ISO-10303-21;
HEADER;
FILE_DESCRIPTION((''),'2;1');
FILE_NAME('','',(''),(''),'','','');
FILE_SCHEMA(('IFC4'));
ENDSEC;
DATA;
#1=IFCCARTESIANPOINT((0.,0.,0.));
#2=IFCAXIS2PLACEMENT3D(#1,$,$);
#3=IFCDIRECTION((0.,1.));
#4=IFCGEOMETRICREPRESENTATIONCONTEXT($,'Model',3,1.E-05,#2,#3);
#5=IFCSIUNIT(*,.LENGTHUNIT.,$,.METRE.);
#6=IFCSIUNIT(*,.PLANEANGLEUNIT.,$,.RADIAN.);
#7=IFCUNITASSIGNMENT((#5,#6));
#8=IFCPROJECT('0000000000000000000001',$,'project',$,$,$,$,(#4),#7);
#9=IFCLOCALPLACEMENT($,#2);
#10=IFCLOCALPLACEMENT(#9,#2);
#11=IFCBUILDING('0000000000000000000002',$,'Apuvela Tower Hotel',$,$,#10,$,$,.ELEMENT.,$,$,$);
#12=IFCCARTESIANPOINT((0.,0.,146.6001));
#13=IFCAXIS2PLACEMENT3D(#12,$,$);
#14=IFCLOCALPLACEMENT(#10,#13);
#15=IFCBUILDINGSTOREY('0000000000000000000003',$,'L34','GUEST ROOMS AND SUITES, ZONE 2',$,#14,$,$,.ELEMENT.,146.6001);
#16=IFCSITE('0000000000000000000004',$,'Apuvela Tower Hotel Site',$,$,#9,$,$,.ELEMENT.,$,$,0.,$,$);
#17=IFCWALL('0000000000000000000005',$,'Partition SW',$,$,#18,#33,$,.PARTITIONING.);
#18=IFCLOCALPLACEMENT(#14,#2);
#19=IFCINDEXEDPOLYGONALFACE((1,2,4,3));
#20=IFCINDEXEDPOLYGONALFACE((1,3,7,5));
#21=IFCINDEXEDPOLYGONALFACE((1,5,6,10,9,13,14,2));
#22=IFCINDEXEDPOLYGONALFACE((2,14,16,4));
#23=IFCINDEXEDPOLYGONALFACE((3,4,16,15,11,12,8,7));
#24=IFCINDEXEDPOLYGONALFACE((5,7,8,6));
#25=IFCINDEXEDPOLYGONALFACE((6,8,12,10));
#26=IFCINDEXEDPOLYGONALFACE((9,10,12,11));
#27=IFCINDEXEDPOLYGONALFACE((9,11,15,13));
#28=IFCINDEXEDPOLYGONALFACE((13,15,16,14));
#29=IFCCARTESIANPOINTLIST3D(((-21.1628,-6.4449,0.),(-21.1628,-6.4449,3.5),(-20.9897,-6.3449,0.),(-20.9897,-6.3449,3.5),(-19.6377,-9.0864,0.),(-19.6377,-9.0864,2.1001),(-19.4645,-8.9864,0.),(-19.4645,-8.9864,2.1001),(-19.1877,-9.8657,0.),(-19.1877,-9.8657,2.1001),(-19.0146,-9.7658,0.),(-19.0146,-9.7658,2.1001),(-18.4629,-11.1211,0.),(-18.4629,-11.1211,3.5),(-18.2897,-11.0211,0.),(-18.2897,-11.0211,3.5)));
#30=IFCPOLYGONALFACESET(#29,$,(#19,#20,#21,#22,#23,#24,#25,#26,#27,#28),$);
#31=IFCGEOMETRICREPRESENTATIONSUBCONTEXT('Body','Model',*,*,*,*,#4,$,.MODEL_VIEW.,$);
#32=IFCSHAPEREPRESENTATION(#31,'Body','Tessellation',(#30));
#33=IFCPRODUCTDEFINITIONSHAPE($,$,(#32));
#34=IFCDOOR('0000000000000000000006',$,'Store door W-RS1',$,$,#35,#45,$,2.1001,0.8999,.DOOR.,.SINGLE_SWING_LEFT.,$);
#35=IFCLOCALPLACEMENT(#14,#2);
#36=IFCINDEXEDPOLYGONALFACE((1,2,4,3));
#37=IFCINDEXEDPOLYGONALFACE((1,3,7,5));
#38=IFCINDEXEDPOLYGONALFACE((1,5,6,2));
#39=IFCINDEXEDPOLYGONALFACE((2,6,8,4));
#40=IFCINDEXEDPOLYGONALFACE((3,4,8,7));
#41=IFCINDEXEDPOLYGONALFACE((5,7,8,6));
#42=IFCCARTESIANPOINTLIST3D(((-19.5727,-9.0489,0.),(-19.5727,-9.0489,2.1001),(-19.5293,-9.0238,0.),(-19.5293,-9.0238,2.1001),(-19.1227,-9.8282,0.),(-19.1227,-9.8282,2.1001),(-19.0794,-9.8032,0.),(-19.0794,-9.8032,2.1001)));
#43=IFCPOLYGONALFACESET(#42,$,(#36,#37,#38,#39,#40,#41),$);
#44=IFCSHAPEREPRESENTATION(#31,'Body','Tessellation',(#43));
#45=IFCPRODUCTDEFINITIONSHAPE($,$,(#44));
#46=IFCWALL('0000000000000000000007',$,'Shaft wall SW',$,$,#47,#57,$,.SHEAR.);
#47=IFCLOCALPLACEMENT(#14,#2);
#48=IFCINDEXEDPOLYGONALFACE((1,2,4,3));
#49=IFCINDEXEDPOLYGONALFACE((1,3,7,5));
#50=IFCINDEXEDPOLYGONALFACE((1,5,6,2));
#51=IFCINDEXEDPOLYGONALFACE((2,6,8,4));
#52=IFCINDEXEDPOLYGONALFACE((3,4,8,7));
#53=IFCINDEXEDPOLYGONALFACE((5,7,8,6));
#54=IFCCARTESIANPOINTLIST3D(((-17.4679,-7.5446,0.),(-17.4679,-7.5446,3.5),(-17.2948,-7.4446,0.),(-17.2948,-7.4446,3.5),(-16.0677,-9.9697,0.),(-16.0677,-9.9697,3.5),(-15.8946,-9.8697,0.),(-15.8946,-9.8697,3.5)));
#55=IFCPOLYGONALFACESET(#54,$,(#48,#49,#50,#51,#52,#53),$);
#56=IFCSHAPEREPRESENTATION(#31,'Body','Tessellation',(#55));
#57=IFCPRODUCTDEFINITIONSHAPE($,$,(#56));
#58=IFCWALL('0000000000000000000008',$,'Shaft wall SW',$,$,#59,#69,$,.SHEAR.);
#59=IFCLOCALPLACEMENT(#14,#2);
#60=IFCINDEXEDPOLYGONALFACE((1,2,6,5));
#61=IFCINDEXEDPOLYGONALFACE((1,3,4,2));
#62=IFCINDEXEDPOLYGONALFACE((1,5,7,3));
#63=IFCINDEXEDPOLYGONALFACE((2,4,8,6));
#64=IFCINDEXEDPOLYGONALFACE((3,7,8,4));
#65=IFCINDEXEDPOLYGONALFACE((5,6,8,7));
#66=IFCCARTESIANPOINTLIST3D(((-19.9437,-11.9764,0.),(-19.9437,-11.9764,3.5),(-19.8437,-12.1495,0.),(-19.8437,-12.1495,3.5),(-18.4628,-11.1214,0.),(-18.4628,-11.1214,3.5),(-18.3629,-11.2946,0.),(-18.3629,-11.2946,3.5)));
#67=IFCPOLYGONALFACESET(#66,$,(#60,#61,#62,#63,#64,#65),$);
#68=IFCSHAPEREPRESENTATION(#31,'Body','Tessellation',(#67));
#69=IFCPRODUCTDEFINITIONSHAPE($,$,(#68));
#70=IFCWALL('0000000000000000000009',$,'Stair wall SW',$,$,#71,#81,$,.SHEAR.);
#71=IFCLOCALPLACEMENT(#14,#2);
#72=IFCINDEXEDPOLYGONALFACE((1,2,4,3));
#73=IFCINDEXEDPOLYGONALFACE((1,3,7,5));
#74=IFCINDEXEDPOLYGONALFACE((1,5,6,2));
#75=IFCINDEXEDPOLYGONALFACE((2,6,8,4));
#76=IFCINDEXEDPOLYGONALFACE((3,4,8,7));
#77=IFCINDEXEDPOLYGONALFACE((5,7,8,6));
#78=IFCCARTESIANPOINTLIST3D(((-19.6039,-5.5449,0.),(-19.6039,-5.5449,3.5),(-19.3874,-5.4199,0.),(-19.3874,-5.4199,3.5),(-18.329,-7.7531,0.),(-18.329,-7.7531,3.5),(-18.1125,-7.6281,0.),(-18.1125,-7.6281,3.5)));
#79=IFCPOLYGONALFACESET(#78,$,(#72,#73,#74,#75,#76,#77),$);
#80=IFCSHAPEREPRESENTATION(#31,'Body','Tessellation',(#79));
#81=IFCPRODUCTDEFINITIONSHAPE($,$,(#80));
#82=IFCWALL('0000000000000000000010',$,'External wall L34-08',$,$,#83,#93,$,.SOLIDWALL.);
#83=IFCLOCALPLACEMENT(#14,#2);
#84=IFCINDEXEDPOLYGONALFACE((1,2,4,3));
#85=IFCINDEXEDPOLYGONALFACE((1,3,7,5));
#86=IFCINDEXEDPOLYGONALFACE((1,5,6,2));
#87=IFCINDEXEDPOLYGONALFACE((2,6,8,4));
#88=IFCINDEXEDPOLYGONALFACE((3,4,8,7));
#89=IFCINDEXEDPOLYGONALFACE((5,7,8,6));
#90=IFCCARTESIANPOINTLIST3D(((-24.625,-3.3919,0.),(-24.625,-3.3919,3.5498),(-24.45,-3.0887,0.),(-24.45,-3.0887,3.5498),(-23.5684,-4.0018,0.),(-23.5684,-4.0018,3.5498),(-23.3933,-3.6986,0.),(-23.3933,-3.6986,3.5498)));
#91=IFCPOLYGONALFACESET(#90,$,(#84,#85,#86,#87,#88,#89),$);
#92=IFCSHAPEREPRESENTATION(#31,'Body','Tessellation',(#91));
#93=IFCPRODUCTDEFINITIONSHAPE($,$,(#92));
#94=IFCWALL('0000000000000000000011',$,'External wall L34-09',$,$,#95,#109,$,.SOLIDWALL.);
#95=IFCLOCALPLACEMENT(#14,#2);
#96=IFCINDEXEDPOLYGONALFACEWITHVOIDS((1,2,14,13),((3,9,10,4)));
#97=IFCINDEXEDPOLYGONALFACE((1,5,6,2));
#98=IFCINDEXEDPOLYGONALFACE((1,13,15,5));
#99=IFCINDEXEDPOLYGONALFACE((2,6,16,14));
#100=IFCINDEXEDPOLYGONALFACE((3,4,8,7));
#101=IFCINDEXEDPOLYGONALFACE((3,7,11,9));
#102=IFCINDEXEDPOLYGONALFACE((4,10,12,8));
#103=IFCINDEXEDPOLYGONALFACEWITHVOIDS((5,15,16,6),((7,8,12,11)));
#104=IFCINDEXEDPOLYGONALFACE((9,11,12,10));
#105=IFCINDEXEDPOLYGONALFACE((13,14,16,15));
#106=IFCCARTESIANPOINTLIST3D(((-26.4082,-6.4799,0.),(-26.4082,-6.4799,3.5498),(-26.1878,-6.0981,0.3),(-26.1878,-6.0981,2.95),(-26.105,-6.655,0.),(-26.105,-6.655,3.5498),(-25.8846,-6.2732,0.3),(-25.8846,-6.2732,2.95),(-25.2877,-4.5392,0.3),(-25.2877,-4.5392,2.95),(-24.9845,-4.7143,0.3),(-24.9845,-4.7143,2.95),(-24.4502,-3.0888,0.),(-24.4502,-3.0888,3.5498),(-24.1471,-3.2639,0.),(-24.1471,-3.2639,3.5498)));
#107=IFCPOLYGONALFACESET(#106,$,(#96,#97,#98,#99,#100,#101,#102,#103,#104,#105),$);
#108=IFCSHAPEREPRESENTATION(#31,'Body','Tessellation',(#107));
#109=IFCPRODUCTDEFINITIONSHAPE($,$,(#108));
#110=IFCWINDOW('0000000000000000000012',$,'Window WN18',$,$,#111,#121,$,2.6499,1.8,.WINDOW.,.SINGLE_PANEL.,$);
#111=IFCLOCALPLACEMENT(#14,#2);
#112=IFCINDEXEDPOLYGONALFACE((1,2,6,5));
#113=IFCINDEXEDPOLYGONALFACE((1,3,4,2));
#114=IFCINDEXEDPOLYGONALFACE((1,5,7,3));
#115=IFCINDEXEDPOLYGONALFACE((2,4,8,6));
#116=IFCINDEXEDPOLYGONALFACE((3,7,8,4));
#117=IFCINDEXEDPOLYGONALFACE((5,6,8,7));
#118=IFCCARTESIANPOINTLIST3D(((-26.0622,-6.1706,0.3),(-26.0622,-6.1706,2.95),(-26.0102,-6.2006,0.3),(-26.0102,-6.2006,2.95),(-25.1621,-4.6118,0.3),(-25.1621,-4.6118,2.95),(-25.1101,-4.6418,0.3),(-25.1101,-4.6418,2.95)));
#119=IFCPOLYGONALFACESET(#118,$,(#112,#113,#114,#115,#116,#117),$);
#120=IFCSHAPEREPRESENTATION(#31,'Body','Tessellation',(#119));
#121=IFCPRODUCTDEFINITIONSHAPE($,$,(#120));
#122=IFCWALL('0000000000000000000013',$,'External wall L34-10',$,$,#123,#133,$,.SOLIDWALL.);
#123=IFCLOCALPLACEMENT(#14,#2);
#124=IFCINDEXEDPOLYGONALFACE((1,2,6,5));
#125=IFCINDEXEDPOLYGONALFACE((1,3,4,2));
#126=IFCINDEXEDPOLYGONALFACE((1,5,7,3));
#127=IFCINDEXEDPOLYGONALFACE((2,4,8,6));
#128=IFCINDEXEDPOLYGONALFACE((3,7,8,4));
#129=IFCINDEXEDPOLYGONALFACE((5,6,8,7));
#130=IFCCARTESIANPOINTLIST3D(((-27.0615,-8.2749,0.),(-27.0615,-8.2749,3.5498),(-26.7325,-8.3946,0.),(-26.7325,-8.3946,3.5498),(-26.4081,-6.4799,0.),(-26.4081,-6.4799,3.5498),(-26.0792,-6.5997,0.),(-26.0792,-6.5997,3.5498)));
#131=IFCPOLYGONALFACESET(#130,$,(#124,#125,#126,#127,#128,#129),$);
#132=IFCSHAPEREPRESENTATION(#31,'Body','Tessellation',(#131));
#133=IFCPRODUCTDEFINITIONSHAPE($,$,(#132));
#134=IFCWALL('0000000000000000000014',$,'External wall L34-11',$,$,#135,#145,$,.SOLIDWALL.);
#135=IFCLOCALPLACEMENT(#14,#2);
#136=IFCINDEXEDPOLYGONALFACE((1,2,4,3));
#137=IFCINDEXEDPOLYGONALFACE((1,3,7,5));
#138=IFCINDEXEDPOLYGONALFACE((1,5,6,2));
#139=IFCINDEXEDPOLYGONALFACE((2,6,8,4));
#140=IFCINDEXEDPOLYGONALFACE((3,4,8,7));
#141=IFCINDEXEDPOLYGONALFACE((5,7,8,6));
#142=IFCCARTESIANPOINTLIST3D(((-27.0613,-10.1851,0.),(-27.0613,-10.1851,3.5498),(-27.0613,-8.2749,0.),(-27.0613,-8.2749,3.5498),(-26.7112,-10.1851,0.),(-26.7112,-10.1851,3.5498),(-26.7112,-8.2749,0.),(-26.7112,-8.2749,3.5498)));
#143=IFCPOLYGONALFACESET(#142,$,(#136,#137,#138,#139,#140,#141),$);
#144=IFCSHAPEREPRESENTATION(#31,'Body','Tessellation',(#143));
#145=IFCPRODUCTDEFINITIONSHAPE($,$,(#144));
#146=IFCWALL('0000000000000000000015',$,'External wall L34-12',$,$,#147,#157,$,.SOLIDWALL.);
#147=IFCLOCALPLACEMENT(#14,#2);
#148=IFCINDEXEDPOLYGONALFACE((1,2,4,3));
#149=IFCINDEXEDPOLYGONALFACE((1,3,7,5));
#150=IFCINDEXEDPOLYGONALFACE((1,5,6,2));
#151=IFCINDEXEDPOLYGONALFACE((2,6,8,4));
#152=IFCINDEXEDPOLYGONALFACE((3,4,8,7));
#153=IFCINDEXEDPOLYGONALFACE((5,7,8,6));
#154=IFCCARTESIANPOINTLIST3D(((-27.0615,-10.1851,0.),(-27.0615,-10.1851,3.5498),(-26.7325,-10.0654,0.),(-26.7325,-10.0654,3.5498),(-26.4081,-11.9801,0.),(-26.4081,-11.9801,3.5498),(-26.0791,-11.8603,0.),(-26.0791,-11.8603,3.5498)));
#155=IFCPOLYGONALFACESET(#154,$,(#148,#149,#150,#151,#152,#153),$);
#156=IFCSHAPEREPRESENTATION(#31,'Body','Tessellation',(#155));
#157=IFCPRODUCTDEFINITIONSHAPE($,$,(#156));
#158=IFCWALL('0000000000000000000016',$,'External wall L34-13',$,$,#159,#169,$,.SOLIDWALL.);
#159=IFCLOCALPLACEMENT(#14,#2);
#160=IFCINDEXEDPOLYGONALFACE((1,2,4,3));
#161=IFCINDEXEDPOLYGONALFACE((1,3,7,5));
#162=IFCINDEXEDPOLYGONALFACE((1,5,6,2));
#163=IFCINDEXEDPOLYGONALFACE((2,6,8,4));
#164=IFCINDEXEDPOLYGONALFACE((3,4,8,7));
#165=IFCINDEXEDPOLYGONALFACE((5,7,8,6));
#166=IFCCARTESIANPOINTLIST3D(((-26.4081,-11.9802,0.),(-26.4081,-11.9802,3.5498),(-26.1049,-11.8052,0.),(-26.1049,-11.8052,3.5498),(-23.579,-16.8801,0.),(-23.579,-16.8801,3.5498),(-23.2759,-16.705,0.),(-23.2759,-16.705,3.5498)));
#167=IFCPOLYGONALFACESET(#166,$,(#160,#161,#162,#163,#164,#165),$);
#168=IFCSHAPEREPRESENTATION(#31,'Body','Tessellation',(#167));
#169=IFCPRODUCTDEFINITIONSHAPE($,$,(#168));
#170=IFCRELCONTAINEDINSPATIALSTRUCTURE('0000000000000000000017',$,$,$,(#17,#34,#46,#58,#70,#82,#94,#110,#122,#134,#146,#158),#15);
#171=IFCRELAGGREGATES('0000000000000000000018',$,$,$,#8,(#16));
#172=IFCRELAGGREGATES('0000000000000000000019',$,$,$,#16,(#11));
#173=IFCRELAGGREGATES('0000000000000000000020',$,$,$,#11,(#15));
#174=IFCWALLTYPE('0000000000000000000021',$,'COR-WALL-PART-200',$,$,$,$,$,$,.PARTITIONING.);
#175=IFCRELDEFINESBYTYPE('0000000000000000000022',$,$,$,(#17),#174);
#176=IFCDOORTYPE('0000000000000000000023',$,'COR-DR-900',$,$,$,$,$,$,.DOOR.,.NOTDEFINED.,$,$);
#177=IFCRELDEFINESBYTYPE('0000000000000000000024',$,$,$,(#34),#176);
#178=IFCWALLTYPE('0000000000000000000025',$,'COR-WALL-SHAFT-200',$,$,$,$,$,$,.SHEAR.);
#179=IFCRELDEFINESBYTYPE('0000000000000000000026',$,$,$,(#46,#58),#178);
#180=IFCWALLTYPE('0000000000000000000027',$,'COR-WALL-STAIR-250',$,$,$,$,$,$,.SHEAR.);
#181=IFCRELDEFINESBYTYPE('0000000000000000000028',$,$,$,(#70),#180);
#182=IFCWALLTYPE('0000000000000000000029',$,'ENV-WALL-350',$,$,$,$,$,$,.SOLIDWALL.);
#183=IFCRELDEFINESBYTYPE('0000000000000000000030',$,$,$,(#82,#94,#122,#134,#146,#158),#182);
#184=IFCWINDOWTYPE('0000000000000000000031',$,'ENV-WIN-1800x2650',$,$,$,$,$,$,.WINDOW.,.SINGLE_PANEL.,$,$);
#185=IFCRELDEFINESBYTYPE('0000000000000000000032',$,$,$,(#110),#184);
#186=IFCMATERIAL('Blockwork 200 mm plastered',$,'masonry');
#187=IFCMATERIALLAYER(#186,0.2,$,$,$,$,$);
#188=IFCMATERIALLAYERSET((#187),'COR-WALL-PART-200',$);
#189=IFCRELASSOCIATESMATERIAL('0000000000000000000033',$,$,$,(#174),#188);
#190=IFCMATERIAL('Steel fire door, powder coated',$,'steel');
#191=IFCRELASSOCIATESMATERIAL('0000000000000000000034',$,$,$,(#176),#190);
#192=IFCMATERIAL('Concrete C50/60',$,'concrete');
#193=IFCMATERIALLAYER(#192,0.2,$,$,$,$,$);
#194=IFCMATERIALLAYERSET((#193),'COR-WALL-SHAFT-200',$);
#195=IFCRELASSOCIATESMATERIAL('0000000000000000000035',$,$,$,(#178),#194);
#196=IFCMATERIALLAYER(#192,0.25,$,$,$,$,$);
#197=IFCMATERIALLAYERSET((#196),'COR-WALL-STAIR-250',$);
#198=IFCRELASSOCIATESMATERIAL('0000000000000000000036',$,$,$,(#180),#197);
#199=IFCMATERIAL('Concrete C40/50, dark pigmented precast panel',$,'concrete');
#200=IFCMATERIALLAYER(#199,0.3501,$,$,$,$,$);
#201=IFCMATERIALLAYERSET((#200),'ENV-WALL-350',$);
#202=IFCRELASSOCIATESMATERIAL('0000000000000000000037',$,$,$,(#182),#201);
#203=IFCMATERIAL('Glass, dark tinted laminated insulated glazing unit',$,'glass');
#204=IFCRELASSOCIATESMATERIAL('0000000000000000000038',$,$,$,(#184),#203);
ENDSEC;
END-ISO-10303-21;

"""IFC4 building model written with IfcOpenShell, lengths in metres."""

from ifc_helpers import new_model, si_unit, direction, frame, frame_2d, origin, place, context, subcontext, project, spatial, rectangle, extrude, material, layer, layer_set, type_object, element, fill, save


model = new_model("IFC4")

# Units and contexts
model_context = context("Model", 3, precision=1e-05, world=origin(), true_north=direction((0.0, 1.0)))
body_context = subcontext(model_context, "Body", "Model", "MODEL_VIEW")
ifc_project = project(units=[si_unit("LENGTHUNIT", "METRE"), si_unit("PLANEANGLEUNIT", "RADIAN")], contexts=[model_context])

# Site, building, storey
site_placement = place(None, origin())
site = spatial("IfcSite", under=ifc_project, at=site_placement, Name="Apuvela Tower Hotel Site", CompositionType="ELEMENT", RefElevation=0.0)
building_placement = place(site_placement, origin())
building = spatial("IfcBuilding", under=site, at=building_placement, Name="Apuvela Tower Hotel", CompositionType="ELEMENT")
storey_placement = place(building_placement, frame((0.0, 0.0, 146.6001)))
storey = spatial("IfcBuildingStorey", under=building, at=storey_placement, Name="L34", Description="GUEST ROOMS AND SUITES, ZONE 2", CompositionType="ELEMENT", Elevation=146.6001)

# Wall, opening, door
ifc_material_1 = material(Name="Blockwork 200 mm plastered", Category="masonry")
ifc_layer_1 = layer(ifc_material_1, 0.2)
ifc_layer_set_1 = layer_set([ifc_layer_1], Name="COR-WALL-PART-200")
wall_type_1 = type_object("IfcWallType", Name="COR-WALL-PART-200", PredefinedType="PARTITIONING", material=ifc_layer_set_1)
wall_1_placement = place(storey_placement, frame((-21.0762, -6.395, 0.0), z_axis=(0.0, 0.0, 1.0), x_axis=(0.500015, -0.866017, 0.0)))
wall_1 = element("IfcWall", 1, at=wall_1_placement, inside=storey, type_object=wall_type_1, Name="Partition SW", PredefinedType="PARTITIONING", context=body_context, shape_type="SweptSolid", body=[
    extrude(rectangle(XDim=5.3997, YDim=0.2, at=frame_2d((2.6997, 0.0))), origin(), (0.0, 0.0, 1.0), 3.5),
])
opening_1_placement = place(wall_1_placement, frame((3.05, 0.0, 0.0)))
opening_1 = element("IfcOpeningElement", 2, at=opening_1_placement, cuts=wall_1, PredefinedType="OPENING", context=body_context, shape_type="SweptSolid", body=[
    extrude(rectangle(XDim=0.8999, YDim=2.1001, at=frame_2d((0.45, 1.05))), frame((0.0, 0.1099, 0.0), z_axis=(0.0, -1.0, 0.0), x_axis=(1.0, 0.0, 0.0)), (0.0, 0.0, 1.0), 0.22),
])
ifc_material_2 = material(Name="Steel fire door, powder coated", Category="steel")
door_type_1 = type_object("IfcDoorType", Name="COR-DR-900", OperationType="NOTDEFINED", PredefinedType="DOOR", material=ifc_material_2)
door_1_placement = place(opening_1_placement, frame((0.8999, 0.0, 0.0), z_axis=(0.0, 0.0, 1.0), x_axis=(-1.0, 0.0, 0.0)))
door_1 = element("IfcDoor", 3, at=door_1_placement, inside=storey, type_object=door_type_1, Name="Store door W-RS1", OperationType="SINGLE_SWING_LEFT", OverallHeight=2.1001, OverallWidth=0.8999, PredefinedType="DOOR", context=body_context, shape_type="SweptSolid", body=[
    extrude(rectangle(XDim=0.8999, YDim=2.1001, at=frame_2d((0.45, 1.05))), frame((0.0, 0.0249, 0.0), z_axis=(0.0, -1.0, 0.0), x_axis=(1.0, 0.0, 0.0)), (0.0, 0.0, 1.0), 0.05),
])
fill(opening_1, door_1)

# Walls
ifc_material_3 = material(Name="Concrete C50/60", Category="concrete")
ifc_layer_2 = layer(ifc_material_3, 0.2)
ifc_layer_set_2 = layer_set([ifc_layer_2], Name="COR-WALL-SHAFT-200")
wall_type_2 = type_object("IfcWallType", Name="COR-WALL-SHAFT-200", PredefinedType="SHEAR", material=ifc_layer_set_2)
wall_2_placement = place(storey_placement, frame((-17.3813, -7.4946, 0.0), z_axis=(0.0, 0.0, 1.0), x_axis=(0.500012, -0.866019, 0.0)))
element("IfcWall", 4, at=wall_2_placement, inside=storey, type_object=wall_type_2, Name="Shaft wall SW", PredefinedType="SHEAR", context=body_context, shape_type="SweptSolid", body=[
    extrude(rectangle(XDim=2.8003, YDim=0.2, at=frame_2d((1.4001, 0.0))), origin(), (0.0, 0.0, 1.0), 3.5),
])
wall_3_placement = place(storey_placement, frame((-18.4128, -11.208, 0.0), z_axis=(0.0, 0.0, 1.0), x_axis=(-0.866038, -0.499978, 0.0)))
element("IfcWall", 5, at=wall_3_placement, inside=storey, type_object=wall_type_2, Name="Shaft wall SW", PredefinedType="SHEAR", context=body_context, shape_type="SweptSolid", body=[
    extrude(rectangle(XDim=1.71, YDim=0.2, at=frame_2d((0.855, 0.0))), origin(), (0.0, 0.0, 1.0), 3.5),
])
ifc_layer_3 = layer(ifc_material_3, 0.25)
ifc_layer_set_3 = layer_set([ifc_layer_3], Name="COR-WALL-STAIR-250")
wall_type_3 = type_object("IfcWallType", Name="COR-WALL-STAIR-250", PredefinedType="SHEAR", material=ifc_layer_set_3)
wall_4_placement = place(storey_placement, frame((-19.4956, -5.4824, 0.0), z_axis=(0.0, 0.0, 1.0), x_axis=(0.49999, -0.866031, 0.0)))
element("IfcWall", 6, at=wall_4_placement, inside=storey, type_object=wall_type_3, Name="Stair wall SW", PredefinedType="SHEAR", context=body_context, shape_type="SweptSolid", body=[
    extrude(rectangle(XDim=2.5498, YDim=0.25, at=frame_2d((1.2749, 0.0))), origin(), (0.0, 0.0, 1.0), 3.5),
])
ifc_material_4 = material(Name="Concrete C40/50, dark pigmented precast panel", Category="concrete")
ifc_layer_4 = layer(ifc_material_4, 0.3501)
ifc_layer_set_4 = layer_set([ifc_layer_4], Name="ENV-WALL-350")
wall_type_4 = type_object("IfcWallType", Name="ENV-WALL-350", PredefinedType="SOLIDWALL", material=ifc_layer_set_4)
wall_5_placement = place(storey_placement, frame((-23.481, -3.8501, 0.0), z_axis=(0.0, 0.0, 1.0), x_axis=(-0.866092, 0.499884, 0.0)))
element("IfcWall", 7, at=wall_5_placement, inside=storey, type_object=wall_type_4, Name="External wall L34-08", PredefinedType="SOLIDWALL", context=body_context, shape_type="SweptSolid", body=[
    extrude(rectangle(XDim=1.22, YDim=0.3501, at=frame_2d((0.6099, 0.0))), origin(), (0.0, 0.0, 1.0), 3.5498),
])

# Wall, opening, window
wall_6_placement = place(storey_placement, frame((-24.2986, -3.1763, 0.0), z_axis=(0.0, 0.0, 1.0), x_axis=(-0.500028, -0.866009, 0.0)))
wall_6 = element("IfcWall", 8, at=wall_6_placement, inside=storey, type_object=wall_type_4, Name="External wall L34-09", PredefinedType="SOLIDWALL", context=body_context, shape_type="SweptSolid", body=[
    extrude(rectangle(XDim=3.9158, YDim=0.3501, at=frame_2d((1.958, 0.0))), origin(), (0.0, 0.0, 1.0), 3.5498),
])
opening_2_placement = place(wall_6_placement, frame((1.675, 0.0, 0.3)))
opening_2 = element("IfcOpeningElement", 9, at=opening_2_placement, cuts=wall_6, PredefinedType="OPENING", context=body_context, shape_type="SweptSolid", body=[
    extrude(rectangle(XDim=1.8, YDim=2.6499, at=frame_2d((0.8999, 1.325))), frame((0.0, 0.1851, 0.0), z_axis=(0.0, -1.0, 0.0), x_axis=(1.0, 0.0, 0.0)), (0.0, 0.0, 1.0), 0.3701),
])
ifc_material_5 = material(Name="Glass, dark tinted laminated insulated glazing unit", Category="glass")
window_type = type_object("IfcWindowType", Name="ENV-WIN-1800x2650", PartitioningType="SINGLE_PANEL", PredefinedType="WINDOW", material=ifc_material_5)
window_placement = place(opening_2_placement, origin())
window = element("IfcWindow", 10, at=window_placement, inside=storey, type_object=window_type, Name="Window WN18", OverallHeight=2.6499, OverallWidth=1.8, PartitioningType="SINGLE_PANEL", PredefinedType="WINDOW", context=body_context, shape_type="SweptSolid", body=[
    extrude(rectangle(XDim=1.8, YDim=2.6499, at=frame_2d((0.8999, 1.325))), frame((0.0, 0.03, 0.0), z_axis=(0.0, -1.0, 0.0), x_axis=(1.0, 0.0, 0.0)), (0.0, 0.0, 1.0), 0.0601),
])
fill(opening_2, window)

# Walls
for number, where, z_axis, x_axis, name in (
    (11, (-26.2437, -6.5398, 0.0), (0.0, 0.0, 1.0), (-0.34203, -0.939689, 0.0), "External wall L34-10"),
    (12, (-26.8862, -8.2749, 0.0), (0.0, 0.0, 1.0), (0.0, -1.0, 0.0), "External wall L34-11"),
    (13, (-26.897, -10.1252, 0.0), (0.0, 0.0, 1.0), (0.34203, -0.939689, 0.0), "External wall L34-12"),
):
    element("IfcWall", number, at=place(storey_placement, frame(where, z_axis=z_axis, x_axis=x_axis)), inside=storey, type_object=wall_type_4, Name=name, PredefinedType="SOLIDWALL", context=body_context, shape_type="SweptSolid", body=[
        extrude(rectangle(XDim=1.9102, YDim=0.3501, at=frame_2d((0.9551, 0.0))), origin(), (0.0, 0.0, 1.0), 3.5498),
    ])
wall_7_placement = place(storey_placement, frame((-26.2566, -11.8926, 0.0), z_axis=(0.0, 0.0, 1.0), x_axis=(0.500019, -0.866015, 0.0)))
element("IfcWall", 14, at=wall_7_placement, inside=storey, type_object=wall_type_4, Name="External wall L34-13", PredefinedType="SOLIDWALL", context=body_context, shape_type="SweptSolid", body=[
    extrude(rectangle(XDim=5.658, YDim=0.3501, at=frame_2d((2.8291, 0.0))), origin(), (0.0, 0.0, 1.0), 3.5498),
])

save(model, "model.ifc")
